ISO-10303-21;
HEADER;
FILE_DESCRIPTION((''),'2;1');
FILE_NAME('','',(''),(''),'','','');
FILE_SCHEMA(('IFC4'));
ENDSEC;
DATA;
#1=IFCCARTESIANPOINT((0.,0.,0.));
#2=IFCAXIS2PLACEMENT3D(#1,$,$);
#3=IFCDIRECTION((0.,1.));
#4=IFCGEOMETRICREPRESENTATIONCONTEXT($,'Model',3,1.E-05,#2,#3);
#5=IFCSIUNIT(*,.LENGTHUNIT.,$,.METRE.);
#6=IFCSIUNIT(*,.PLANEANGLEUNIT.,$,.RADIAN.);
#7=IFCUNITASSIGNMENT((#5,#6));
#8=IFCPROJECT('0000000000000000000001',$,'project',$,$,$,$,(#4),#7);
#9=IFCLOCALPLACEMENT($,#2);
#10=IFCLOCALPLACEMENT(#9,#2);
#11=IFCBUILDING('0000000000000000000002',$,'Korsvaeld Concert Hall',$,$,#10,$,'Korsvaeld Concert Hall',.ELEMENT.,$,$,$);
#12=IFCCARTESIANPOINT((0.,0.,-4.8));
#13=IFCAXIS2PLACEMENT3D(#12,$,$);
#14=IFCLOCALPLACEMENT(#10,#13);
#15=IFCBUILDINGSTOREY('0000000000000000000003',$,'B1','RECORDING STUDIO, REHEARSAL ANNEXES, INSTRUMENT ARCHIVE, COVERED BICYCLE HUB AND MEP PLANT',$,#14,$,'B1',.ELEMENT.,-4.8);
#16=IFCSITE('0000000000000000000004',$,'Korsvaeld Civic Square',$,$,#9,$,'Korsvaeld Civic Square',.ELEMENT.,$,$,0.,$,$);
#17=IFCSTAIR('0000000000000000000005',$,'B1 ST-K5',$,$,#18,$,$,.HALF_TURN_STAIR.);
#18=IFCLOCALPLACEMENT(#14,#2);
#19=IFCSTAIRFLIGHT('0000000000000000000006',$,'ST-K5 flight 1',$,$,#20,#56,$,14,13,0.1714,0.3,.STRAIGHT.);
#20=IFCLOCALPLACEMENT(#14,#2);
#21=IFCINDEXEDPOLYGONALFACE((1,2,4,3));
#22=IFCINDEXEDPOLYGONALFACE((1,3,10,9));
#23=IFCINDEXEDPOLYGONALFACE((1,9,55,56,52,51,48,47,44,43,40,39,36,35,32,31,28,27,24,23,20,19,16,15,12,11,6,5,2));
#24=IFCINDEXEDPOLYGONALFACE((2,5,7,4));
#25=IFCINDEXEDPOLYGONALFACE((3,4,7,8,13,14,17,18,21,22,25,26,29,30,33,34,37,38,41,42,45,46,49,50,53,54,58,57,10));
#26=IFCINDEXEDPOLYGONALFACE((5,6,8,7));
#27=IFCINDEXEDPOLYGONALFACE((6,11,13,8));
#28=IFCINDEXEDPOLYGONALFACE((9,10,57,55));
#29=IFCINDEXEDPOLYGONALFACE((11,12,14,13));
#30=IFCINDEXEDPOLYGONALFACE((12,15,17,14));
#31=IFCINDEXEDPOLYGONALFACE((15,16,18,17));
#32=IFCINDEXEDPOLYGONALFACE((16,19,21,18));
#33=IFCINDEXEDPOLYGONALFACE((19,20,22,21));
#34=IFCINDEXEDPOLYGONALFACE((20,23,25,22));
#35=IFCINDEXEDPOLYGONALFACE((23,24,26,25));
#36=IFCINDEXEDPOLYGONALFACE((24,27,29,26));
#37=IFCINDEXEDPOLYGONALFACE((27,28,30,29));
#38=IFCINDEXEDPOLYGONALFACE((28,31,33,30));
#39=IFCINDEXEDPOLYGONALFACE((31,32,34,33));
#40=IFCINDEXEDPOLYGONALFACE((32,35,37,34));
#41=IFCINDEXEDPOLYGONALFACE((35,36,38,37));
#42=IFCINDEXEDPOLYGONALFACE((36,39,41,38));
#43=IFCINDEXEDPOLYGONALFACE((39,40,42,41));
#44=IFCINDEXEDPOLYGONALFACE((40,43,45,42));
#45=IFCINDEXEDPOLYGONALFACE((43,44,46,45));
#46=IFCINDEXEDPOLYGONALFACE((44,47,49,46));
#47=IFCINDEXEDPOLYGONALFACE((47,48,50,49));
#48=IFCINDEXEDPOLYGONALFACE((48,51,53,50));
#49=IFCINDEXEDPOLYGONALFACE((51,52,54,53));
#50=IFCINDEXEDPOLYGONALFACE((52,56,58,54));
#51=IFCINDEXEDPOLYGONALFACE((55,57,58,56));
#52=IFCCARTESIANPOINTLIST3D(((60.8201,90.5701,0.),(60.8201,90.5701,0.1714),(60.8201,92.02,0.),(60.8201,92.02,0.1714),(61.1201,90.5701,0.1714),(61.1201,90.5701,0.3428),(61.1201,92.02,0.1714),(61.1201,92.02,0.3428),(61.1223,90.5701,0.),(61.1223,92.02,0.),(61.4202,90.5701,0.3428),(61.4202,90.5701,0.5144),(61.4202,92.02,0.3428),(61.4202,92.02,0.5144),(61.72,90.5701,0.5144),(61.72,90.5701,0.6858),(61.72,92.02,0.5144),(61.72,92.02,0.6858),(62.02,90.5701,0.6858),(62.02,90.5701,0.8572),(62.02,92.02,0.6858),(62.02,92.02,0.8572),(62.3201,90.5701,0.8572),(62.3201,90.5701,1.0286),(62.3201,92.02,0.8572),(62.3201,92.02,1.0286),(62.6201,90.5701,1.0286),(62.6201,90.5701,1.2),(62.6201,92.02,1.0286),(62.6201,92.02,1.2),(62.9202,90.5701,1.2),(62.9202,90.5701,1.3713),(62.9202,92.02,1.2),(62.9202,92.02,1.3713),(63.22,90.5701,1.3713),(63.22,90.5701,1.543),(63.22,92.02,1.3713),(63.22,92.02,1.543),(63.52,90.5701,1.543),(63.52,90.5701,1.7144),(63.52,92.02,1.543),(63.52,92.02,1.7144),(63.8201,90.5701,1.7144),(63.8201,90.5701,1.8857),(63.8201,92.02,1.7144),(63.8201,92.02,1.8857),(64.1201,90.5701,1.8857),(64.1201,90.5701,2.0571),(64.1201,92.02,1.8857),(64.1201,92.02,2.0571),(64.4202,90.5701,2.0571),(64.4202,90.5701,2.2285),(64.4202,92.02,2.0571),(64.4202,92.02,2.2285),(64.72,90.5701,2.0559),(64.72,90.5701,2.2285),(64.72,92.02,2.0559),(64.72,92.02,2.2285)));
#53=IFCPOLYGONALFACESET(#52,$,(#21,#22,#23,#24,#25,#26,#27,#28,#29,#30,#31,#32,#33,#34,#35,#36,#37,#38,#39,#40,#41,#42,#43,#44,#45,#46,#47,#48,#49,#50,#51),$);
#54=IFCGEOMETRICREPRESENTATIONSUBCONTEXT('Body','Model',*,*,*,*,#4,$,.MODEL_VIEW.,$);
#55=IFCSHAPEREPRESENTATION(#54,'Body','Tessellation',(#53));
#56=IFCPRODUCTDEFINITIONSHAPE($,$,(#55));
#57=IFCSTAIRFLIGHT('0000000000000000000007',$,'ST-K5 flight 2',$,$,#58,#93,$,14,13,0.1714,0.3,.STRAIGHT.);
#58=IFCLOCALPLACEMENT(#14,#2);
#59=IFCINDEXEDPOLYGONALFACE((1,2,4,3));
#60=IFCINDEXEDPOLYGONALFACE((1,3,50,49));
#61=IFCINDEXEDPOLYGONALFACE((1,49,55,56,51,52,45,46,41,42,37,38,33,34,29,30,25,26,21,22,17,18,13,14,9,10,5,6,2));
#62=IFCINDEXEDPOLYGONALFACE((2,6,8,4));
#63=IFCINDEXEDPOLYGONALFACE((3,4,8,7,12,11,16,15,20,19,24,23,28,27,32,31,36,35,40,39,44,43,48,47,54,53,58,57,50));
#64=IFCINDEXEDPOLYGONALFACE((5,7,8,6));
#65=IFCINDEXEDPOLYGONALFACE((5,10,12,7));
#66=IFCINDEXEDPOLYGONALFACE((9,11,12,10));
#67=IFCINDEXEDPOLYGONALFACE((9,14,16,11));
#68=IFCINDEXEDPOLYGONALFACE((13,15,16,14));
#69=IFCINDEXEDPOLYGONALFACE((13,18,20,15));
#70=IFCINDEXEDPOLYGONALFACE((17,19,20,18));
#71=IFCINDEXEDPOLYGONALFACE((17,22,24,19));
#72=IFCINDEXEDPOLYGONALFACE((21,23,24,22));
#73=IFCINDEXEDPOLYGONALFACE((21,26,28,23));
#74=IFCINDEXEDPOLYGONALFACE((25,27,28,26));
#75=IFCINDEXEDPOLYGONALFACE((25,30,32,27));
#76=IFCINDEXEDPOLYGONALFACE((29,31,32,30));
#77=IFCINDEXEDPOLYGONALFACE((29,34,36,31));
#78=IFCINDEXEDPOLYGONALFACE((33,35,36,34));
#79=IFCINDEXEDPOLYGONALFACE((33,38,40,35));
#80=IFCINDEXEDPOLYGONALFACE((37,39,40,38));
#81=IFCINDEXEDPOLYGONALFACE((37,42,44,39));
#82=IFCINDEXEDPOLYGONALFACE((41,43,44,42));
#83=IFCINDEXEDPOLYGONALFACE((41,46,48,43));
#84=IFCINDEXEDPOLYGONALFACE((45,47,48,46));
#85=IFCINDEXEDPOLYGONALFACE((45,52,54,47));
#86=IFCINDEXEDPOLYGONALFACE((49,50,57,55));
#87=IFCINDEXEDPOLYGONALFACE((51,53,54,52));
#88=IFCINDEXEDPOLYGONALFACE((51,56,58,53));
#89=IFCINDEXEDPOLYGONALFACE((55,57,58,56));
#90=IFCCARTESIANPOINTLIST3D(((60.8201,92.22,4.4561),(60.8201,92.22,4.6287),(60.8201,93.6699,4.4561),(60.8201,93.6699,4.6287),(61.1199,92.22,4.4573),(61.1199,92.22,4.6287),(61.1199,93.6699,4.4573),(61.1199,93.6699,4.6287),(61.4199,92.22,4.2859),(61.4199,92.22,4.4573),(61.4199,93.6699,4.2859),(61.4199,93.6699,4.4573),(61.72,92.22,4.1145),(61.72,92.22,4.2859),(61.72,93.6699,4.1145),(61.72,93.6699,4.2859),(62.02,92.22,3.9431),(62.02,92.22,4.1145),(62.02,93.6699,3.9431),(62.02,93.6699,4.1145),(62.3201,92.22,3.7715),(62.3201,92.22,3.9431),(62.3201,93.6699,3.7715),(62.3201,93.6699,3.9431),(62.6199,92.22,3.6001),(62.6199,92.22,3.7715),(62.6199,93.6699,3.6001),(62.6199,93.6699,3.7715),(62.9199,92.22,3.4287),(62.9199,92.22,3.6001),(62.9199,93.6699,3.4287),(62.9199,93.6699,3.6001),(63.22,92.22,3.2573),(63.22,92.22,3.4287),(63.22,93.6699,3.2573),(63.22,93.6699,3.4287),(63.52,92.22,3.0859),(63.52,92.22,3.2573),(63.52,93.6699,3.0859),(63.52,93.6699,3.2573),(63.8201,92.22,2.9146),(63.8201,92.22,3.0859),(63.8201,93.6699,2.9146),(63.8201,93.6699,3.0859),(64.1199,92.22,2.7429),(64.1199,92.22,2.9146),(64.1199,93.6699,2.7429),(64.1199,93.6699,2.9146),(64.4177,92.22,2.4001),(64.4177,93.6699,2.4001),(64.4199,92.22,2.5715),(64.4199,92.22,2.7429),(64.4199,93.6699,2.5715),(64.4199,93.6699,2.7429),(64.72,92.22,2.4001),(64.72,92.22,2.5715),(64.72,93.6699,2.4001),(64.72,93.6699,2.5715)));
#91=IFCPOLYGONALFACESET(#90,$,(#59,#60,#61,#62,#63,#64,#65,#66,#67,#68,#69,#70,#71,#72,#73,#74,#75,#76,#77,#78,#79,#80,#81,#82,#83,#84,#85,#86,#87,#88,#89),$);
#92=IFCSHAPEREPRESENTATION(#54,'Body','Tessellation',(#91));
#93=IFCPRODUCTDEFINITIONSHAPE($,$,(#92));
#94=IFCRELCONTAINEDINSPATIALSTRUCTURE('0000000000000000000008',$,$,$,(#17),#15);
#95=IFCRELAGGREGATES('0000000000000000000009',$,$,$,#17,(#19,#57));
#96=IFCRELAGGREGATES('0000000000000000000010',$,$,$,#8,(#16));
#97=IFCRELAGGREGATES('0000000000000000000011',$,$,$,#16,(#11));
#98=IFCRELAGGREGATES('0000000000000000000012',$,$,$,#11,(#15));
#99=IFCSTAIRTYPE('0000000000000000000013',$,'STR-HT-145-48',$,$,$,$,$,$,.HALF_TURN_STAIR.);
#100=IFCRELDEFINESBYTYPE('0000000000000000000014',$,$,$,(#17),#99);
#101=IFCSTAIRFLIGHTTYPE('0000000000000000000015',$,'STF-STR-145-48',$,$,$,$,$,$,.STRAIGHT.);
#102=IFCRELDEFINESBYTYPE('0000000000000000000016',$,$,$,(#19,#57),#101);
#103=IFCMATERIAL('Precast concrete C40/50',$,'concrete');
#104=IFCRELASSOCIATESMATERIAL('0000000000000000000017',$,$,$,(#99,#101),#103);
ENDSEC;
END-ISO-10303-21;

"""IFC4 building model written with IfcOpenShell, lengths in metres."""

from ifc_helpers import new_model, si_unit, direction, frame, origin, place, context, subcontext, project, spatial, polyline, outline, extrude, material, type_object, element, aggregate, save


model = new_model("IFC4")

# Units and contexts
model_context = context("Model", 3, precision=1e-05, world=origin(), true_north=direction((0.0, 1.0)))
body_context = subcontext(model_context, "Body", "Model", "MODEL_VIEW")
ifc_project = project(units=[si_unit("LENGTHUNIT", "METRE"), si_unit("PLANEANGLEUNIT", "RADIAN")], contexts=[model_context])

# Site, building, storey
site_placement = place(None, origin())
site = spatial("IfcSite", under=ifc_project, at=site_placement, Name="Korsvaeld Civic Square", LongName="Korsvaeld Civic Square", CompositionType="ELEMENT", RefElevation=0.0)
building_placement = place(site_placement, origin())
building = spatial("IfcBuilding", under=site, at=building_placement, Name="Korsvaeld Concert Hall", LongName="Korsvaeld Concert Hall", CompositionType="ELEMENT")
storey_placement = place(building_placement, frame((0.0, 0.0, -4.8)))
storey = spatial("IfcBuildingStorey", under=building, at=storey_placement, Name="B1", Description="RECORDING STUDIO, REHEARSAL ANNEXES, INSTRUMENT ARCHIVE, COVERED BICYCLE HUB AND MEP PLANT", LongName="B1", CompositionType="ELEMENT", Elevation=-4.8)

# Stair, stair flights
ifc_material_1 = material(Name="Precast concrete C40/50", Category="concrete")
stair_type = type_object("IfcStairType", Name="STR-HT-145-48", PredefinedType="HALF_TURN_STAIR", material=ifc_material_1)
stair_placement = place(storey_placement, origin())
stair = element("IfcStair", 1, at=stair_placement, inside=storey, type_object=stair_type, Name="B1 ST-K5", PredefinedType="HALF_TURN_STAIR")
stair_flight_type = type_object("IfcStairFlightType", Name="STF-STR-145-48", PredefinedType="STRAIGHT", material=ifc_material_1)
stair_flight_1_placement = place(storey_placement, frame((60.8201, 91.2949, 0.0), z_axis=(0.0, 0.0, 1.0), x_axis=(1.0, 0.0, 0.0)))
stair_flight_1 = element("IfcStairFlight", 2, at=stair_flight_1_placement, type_object=stair_flight_type, Name="ST-K5 flight 1", NumberOfRisers=14, NumberOfTreads=13, PredefinedType="STRAIGHT", RiserHeight=0.1714, TreadLength=0.3, context=body_context, shape_type="SweptSolid", body=[
    extrude(outline(polyline([(0.0, 0.0), (0.0, 0.1714), (0.3, 0.1714), (0.3, 0.3428), (0.6001, 0.3428), (0.6001, 0.5144), (0.8999, 0.5144), (0.8999, 0.6858), (1.2, 0.6858), (1.2, 0.8572), (1.5, 0.8572), (1.5, 1.0286), (1.8, 1.0286), (1.8, 1.2), (2.1001, 1.2), (2.1001, 1.3713), (2.3999, 1.3713), (2.3999, 1.543), (2.7, 1.543), (2.7, 1.7144), (3.0, 1.7144), (3.0, 1.8857), (3.3, 1.8857), (3.3, 2.0571), (3.6001, 2.0571), (3.6001, 2.2285), (3.8999, 2.2285), (3.8999, 2.3999), (3.8999, 2.0559), (0.3022, 0.0), (0.0, 0.0)])), frame((0.0, 0.7251, 0.0), z_axis=(0.0, -1.0, 0.0), x_axis=(1.0, 0.0, 0.0)), (0.0, 0.0, 1.0), 1.45),
])
stair_flight_2_placement = place(storey_placement, frame((64.72, 92.9451, 2.4001), z_axis=(0.0, 0.0, 1.0), x_axis=(-1.0, 0.0, 0.0)))
stair_flight_2 = element("IfcStairFlight", 3, at=stair_flight_2_placement, type_object=stair_flight_type, Name="ST-K5 flight 2", NumberOfRisers=14, NumberOfTreads=13, PredefinedType="STRAIGHT", RiserHeight=0.1714, TreadLength=0.3, context=body_context, shape_type="SweptSolid", body=[
    extrude(outline(polyline([(0.0, 0.0), (0.0, 0.1714), (0.3, 0.1714), (0.3, 0.3428), (0.6001, 0.3428), (0.6001, 0.5144), (0.8999, 0.5144), (0.8999, 0.6858), (1.2, 0.6858), (1.2, 0.8572), (1.5, 0.8572), (1.5, 1.0286), (1.8, 1.0286), (1.8, 1.2), (2.1001, 1.2), (2.1001, 1.3713), (2.3999, 1.3713), (2.3999, 1.543), (2.7, 1.543), (2.7, 1.7144), (3.0, 1.7144), (3.0, 1.8857), (3.3, 1.8857), (3.3, 2.0571), (3.6001, 2.0571), (3.6001, 2.2285), (3.8999, 2.2285), (3.8999, 2.3999), (3.8999, 2.0559), (0.3022, 0.0), (0.0, 0.0)])), frame((0.0, 0.7251, 0.0), z_axis=(0.0, -1.0, 0.0), x_axis=(1.0, 0.0, 0.0)), (0.0, 0.0, 1.0), 1.45),
])
aggregate(stair, [stair_flight_1, stair_flight_2])

save(model, "model.ifc")
